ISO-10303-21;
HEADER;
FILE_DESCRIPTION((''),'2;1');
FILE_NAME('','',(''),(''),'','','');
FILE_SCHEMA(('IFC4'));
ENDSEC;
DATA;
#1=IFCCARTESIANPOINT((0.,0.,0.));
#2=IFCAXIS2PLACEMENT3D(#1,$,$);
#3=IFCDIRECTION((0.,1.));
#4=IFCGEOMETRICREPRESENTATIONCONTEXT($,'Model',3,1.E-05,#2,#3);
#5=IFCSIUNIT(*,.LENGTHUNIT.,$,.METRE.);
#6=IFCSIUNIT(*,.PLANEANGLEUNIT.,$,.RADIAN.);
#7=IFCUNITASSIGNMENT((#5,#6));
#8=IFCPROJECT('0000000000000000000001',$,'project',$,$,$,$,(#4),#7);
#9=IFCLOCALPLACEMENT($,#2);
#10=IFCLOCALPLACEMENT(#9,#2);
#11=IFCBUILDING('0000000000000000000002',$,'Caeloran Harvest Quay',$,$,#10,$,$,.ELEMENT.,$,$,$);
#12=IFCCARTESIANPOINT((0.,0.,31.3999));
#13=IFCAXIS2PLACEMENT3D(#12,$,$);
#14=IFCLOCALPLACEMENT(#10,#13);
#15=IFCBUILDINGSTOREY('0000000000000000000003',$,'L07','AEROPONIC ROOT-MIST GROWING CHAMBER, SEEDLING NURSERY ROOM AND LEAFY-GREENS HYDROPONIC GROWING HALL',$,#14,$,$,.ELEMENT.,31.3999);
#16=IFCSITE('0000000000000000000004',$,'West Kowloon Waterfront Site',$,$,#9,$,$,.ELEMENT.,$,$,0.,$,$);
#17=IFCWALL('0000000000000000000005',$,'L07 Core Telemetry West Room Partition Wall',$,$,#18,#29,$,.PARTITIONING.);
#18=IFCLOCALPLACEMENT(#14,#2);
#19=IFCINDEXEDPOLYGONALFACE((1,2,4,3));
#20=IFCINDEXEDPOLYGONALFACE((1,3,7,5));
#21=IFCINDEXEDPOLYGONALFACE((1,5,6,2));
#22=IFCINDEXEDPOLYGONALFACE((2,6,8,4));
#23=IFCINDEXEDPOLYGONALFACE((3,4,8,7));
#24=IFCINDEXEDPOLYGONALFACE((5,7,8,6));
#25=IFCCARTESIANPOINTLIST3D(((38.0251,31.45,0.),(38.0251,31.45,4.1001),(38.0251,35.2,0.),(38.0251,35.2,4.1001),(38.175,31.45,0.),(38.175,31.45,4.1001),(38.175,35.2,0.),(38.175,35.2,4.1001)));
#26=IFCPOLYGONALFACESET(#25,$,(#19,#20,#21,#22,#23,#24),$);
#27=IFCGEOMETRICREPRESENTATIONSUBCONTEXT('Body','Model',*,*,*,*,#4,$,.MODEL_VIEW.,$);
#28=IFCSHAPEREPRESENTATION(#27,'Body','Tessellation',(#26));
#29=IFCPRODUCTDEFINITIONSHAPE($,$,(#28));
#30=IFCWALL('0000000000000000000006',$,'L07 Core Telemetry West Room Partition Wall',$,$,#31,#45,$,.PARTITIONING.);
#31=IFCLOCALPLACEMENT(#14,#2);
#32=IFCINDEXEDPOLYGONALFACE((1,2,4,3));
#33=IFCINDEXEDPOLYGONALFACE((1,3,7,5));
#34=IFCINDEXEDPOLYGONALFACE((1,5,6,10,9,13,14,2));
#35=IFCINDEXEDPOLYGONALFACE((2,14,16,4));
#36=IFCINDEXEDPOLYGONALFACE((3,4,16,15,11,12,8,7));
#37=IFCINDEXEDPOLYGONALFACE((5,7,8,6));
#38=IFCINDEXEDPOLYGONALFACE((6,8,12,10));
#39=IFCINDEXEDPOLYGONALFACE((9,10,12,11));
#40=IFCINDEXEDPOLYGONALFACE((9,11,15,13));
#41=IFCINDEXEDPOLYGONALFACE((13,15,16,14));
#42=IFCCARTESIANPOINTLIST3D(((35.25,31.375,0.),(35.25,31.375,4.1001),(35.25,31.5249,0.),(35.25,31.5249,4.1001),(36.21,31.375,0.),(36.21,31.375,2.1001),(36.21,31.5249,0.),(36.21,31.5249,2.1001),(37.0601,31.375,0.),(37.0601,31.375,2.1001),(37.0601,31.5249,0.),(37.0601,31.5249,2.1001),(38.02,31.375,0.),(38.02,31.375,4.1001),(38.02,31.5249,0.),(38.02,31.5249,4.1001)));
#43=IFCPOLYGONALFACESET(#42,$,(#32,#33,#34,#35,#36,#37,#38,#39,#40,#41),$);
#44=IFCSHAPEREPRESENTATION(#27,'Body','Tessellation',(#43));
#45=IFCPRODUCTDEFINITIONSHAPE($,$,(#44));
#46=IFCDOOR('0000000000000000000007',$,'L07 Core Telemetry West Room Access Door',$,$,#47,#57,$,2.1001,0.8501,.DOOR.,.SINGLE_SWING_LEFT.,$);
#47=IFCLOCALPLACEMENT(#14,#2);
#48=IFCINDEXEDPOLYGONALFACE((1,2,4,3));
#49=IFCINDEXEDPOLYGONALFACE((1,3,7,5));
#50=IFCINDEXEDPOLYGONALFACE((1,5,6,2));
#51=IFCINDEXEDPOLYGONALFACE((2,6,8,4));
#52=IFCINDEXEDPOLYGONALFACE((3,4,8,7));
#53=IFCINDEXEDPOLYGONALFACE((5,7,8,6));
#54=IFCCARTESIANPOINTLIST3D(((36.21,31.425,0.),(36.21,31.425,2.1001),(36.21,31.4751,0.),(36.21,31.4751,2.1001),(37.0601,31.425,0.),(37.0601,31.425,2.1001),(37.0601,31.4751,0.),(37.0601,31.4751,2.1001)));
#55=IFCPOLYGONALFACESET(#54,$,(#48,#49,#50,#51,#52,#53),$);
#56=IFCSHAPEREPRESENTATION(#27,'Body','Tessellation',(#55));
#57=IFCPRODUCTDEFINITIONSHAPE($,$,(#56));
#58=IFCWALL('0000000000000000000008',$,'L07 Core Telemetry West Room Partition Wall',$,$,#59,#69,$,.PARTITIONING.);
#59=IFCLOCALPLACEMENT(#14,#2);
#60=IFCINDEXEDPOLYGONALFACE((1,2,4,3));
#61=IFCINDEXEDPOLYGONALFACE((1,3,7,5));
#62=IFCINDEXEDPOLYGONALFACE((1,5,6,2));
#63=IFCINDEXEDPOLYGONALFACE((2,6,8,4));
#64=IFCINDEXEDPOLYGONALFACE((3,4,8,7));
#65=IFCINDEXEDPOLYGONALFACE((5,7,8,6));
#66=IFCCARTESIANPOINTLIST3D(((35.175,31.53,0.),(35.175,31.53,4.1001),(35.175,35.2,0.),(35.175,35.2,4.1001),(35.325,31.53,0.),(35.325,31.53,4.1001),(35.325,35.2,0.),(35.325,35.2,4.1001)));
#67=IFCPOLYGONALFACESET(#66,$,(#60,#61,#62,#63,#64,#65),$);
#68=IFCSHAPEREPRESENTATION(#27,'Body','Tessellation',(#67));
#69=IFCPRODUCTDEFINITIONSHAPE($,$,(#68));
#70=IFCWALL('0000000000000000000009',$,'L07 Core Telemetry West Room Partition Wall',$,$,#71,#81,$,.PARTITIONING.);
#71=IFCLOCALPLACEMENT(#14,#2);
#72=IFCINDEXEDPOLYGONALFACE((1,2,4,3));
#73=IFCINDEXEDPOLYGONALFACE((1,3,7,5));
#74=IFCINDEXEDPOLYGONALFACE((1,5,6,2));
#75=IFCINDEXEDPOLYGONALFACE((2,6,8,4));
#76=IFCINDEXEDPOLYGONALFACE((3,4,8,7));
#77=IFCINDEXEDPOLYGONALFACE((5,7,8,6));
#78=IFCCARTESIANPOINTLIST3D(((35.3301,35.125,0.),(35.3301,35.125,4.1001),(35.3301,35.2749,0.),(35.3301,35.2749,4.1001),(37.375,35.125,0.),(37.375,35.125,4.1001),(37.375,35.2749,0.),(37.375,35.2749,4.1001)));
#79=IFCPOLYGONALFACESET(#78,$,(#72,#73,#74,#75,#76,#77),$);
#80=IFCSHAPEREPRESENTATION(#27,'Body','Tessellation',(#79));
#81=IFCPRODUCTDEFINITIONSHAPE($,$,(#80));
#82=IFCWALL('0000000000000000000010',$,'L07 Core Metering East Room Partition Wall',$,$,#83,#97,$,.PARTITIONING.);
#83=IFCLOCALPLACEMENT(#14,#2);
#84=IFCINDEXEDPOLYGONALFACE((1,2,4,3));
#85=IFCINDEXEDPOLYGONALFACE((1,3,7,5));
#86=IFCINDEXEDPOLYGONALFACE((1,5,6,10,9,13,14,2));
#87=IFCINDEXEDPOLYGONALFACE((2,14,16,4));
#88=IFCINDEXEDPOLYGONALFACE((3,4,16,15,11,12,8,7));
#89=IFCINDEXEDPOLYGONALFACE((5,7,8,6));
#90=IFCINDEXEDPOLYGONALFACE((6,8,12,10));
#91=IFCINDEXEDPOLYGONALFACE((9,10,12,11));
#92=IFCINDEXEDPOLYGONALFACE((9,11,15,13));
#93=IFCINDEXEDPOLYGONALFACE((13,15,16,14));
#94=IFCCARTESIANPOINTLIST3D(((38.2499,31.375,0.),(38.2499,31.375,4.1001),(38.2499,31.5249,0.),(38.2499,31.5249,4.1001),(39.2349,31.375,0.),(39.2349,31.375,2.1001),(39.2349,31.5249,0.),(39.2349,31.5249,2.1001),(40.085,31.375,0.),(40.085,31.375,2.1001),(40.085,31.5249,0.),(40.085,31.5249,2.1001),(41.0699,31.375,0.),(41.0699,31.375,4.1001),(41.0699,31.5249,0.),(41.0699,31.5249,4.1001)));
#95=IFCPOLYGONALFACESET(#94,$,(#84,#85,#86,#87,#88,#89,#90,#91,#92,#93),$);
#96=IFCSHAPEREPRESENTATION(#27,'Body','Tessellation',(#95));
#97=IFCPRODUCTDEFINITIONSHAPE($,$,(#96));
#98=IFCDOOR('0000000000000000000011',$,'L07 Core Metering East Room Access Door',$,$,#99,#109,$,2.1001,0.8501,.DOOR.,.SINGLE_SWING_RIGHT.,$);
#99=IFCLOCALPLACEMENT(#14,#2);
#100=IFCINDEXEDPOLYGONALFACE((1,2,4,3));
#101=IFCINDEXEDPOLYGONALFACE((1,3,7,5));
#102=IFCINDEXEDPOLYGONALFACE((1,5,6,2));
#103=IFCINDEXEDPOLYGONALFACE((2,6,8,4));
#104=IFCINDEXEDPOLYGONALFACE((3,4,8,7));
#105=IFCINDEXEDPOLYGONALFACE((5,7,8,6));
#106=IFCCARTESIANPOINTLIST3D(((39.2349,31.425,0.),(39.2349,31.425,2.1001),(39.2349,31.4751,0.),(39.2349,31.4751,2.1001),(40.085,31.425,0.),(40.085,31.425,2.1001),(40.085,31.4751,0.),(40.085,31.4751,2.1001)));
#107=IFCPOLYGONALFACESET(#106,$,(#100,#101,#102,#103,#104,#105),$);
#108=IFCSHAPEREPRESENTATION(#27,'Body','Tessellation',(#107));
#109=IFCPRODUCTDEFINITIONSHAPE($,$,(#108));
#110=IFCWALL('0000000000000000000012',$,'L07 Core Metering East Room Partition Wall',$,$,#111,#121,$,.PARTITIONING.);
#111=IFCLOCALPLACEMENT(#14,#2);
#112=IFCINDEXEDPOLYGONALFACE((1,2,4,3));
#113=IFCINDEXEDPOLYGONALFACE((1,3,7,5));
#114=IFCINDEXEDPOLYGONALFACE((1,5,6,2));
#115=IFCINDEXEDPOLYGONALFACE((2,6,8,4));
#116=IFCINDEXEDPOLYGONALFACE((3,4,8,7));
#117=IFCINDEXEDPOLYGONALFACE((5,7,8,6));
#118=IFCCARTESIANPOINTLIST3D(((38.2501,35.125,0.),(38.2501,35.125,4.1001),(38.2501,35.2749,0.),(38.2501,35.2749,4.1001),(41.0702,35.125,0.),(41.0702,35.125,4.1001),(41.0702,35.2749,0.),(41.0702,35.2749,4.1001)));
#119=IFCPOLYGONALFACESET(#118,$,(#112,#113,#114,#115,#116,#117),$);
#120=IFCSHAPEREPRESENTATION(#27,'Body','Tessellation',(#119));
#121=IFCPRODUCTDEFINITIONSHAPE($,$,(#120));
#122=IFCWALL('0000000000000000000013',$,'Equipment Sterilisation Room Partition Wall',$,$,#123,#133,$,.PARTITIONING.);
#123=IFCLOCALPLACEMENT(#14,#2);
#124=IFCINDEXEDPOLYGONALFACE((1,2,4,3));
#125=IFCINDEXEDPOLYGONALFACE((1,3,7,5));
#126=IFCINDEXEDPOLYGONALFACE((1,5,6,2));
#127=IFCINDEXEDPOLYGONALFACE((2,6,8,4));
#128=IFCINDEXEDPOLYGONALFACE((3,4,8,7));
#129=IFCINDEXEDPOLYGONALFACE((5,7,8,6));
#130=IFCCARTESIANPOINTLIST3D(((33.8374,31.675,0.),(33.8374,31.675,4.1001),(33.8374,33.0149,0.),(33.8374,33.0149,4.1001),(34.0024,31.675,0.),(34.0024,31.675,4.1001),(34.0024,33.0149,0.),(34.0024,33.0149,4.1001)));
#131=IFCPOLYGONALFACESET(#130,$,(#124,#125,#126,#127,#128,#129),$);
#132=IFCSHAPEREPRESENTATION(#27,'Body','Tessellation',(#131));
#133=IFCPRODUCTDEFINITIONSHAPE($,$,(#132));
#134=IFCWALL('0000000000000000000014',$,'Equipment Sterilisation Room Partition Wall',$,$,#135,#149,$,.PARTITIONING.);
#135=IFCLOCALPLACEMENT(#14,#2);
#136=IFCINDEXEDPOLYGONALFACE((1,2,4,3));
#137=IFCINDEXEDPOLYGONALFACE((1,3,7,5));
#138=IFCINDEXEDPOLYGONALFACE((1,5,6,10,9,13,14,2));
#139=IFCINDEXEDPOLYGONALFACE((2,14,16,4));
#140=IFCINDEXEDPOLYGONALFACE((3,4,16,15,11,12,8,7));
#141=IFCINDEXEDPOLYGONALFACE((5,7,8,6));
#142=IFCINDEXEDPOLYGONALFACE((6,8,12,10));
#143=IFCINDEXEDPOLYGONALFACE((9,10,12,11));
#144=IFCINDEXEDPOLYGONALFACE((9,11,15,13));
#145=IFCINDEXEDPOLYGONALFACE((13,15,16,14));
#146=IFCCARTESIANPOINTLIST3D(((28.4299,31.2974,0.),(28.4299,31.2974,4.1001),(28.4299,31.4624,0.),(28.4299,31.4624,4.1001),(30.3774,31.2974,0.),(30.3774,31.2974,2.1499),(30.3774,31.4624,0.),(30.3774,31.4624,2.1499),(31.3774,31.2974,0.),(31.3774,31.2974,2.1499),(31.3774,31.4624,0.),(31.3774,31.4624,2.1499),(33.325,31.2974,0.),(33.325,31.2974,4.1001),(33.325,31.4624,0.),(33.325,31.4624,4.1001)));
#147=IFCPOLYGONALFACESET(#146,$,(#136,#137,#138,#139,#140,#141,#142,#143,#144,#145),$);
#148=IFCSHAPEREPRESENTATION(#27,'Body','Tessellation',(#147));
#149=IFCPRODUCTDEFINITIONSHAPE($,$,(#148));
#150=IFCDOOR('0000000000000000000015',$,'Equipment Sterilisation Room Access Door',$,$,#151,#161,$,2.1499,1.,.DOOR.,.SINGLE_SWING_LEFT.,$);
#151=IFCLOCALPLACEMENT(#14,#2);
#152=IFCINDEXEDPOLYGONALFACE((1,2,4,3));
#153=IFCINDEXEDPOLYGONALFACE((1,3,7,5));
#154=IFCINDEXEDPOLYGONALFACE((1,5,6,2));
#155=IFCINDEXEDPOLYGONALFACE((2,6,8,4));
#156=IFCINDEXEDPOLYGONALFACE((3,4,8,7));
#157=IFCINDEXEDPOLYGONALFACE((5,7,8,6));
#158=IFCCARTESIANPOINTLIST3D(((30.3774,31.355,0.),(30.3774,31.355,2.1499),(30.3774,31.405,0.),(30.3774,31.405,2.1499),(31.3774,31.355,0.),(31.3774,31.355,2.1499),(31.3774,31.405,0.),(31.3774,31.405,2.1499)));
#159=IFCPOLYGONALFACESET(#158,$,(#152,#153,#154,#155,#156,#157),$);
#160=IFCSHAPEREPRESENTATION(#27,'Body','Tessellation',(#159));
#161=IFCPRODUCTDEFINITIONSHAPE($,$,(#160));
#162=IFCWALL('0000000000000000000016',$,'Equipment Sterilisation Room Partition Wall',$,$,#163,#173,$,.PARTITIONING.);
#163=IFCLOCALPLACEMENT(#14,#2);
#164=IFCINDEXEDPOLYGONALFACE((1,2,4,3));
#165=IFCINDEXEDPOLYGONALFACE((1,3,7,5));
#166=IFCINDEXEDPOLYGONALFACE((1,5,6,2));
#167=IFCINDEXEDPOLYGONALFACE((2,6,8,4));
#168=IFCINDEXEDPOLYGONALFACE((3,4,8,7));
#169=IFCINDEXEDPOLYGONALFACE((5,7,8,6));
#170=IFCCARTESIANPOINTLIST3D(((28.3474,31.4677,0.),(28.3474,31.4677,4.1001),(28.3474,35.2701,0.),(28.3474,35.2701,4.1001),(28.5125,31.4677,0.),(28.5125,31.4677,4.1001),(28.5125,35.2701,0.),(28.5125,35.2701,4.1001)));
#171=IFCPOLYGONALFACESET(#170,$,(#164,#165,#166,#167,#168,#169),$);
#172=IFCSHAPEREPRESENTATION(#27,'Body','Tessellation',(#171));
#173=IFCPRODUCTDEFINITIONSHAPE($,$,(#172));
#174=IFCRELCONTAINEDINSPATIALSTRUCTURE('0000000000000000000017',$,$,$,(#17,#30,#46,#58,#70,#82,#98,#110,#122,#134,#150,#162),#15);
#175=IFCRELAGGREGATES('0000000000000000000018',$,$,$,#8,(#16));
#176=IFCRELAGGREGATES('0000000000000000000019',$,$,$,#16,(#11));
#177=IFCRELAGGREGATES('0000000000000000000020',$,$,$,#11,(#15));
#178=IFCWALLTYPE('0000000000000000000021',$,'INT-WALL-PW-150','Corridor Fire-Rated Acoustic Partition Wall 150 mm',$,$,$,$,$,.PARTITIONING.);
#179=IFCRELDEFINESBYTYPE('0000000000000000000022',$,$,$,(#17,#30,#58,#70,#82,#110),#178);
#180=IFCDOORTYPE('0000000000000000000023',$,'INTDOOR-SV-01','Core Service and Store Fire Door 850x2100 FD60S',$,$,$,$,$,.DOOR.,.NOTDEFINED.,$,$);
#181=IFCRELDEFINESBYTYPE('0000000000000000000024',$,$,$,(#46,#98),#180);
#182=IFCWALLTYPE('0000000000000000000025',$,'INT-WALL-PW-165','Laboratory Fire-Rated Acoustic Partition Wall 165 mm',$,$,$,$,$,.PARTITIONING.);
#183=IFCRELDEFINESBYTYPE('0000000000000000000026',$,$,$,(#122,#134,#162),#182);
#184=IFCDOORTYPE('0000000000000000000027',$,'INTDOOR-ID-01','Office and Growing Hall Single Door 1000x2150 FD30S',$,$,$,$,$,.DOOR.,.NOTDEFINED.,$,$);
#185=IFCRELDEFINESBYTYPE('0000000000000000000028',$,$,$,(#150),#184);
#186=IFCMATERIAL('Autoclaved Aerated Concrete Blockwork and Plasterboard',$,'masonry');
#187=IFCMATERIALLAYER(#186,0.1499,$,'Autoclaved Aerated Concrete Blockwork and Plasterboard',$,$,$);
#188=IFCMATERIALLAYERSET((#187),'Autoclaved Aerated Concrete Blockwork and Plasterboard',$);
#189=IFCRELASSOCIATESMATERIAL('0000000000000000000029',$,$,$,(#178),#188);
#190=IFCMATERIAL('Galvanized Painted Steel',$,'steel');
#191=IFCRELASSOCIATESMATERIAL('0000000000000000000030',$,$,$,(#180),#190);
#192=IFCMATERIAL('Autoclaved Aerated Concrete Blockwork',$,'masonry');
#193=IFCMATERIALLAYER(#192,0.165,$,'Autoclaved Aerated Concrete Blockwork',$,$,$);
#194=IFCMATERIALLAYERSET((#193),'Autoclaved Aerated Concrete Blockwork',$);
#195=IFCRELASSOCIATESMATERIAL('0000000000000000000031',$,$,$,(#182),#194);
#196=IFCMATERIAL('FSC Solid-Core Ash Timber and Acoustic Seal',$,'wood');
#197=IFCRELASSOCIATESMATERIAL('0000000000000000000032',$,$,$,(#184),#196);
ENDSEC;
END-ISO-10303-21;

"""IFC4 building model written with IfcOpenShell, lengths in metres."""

from ifc_helpers import new_model, si_unit, direction, frame, frame_2d, origin, place, context, subcontext, project, spatial, rectangle, extrude, material, layer, layer_set, type_object, element, fill, save


model = new_model("IFC4")

# Units and contexts
model_context = context("Model", 3, precision=1e-05, world=origin(), true_north=direction((0.0, 1.0)))
body_context = subcontext(model_context, "Body", "Model", "MODEL_VIEW")
ifc_project = project(units=[si_unit("LENGTHUNIT", "METRE"), si_unit("PLANEANGLEUNIT", "RADIAN")], contexts=[model_context])

# Site, building, storey
site_placement = place(None, origin())
site = spatial("IfcSite", under=ifc_project, at=site_placement, Name="West Kowloon Waterfront Site", CompositionType="ELEMENT", RefElevation=0.0)
building_placement = place(site_placement, origin())
building = spatial("IfcBuilding", under=site, at=building_placement, Name="Caeloran Harvest Quay", CompositionType="ELEMENT")
storey_placement = place(building_placement, frame((0.0, 0.0, 31.3999)))
storey = spatial("IfcBuildingStorey", under=building, at=storey_placement, Name="L07", Description="AEROPONIC ROOT-MIST GROWING CHAMBER, SEEDLING NURSERY ROOM AND LEAFY-GREENS HYDROPONIC GROWING HALL", CompositionType="ELEMENT", Elevation=31.3999)

# Wall
ifc_material_1 = material(Name="Autoclaved Aerated Concrete Blockwork and Plasterboard", Category="masonry")
ifc_layer_1 = layer(ifc_material_1, 0.1499, Name="Autoclaved Aerated Concrete Blockwork and Plasterboard")
ifc_layer_set_1 = layer_set([ifc_layer_1], Name="Autoclaved Aerated Concrete Blockwork and Plasterboard")
wall_type_1 = type_object("IfcWallType", Name="INT-WALL-PW-150", Description="Corridor Fire-Rated Acoustic Partition Wall 150 mm", PredefinedType="PARTITIONING", material=ifc_layer_set_1)
wall_1_placement = place(storey_placement, frame((38.1001, 35.2, 0.0), z_axis=(0.0, 0.0, 1.0), x_axis=(0.0, -1.0, 0.0)))
element("IfcWall", 1, at=wall_1_placement, inside=storey, type_object=wall_type_1, Name="L07 Core Telemetry West Room Partition Wall", PredefinedType="PARTITIONING", context=body_context, shape_type="SweptSolid", body=[
    extrude(rectangle(XDim=3.75, YDim=0.1499, at=frame_2d((1.875, 0.0))), origin(), (0.0, 0.0, 1.0), 4.1001),
])

# Wall, opening, door
wall_2_placement = place(storey_placement, frame((38.02, 31.45, 0.0), z_axis=(0.0, 0.0, 1.0), x_axis=(-1.0, 0.0, 0.0)))
wall_2 = element("IfcWall", 2, at=wall_2_placement, inside=storey, type_object=wall_type_1, Name="L07 Core Telemetry West Room Partition Wall", PredefinedType="PARTITIONING", context=body_context, shape_type="SweptSolid", body=[
    extrude(rectangle(XDim=2.77, YDim=0.1499, at=frame_2d((1.385, 0.0))), origin(), (0.0, 0.0, 1.0), 4.1001),
])
opening_1_placement = place(wall_2_placement, frame((0.96, 0.0, 0.0)))
opening_1 = element("IfcOpeningElement", 3, at=opening_1_placement, cuts=wall_2, PredefinedType="OPENING", context=body_context, shape_type="SweptSolid", body=[
    extrude(rectangle(XDim=0.8501, YDim=2.1001, at=frame_2d((0.425, 1.05))), frame((0.0, 0.085, 0.0), z_axis=(0.0, -1.0, 0.0), x_axis=(1.0, 0.0, 0.0)), (0.0, 0.0, 1.0), 0.1699),
])
ifc_material_2 = material(Name="Galvanized Painted Steel", Category="steel")
door_type_1 = type_object("IfcDoorType", Name="INTDOOR-SV-01", Description="Core Service and Store Fire Door 850x2100 FD60S", OperationType="NOTDEFINED", PredefinedType="DOOR", material=ifc_material_2)
door_1_placement = place(opening_1_placement, origin())
door_1 = element("IfcDoor", 4, at=door_1_placement, inside=storey, type_object=door_type_1, Name="L07 Core Telemetry West Room Access Door", OperationType="SINGLE_SWING_LEFT", OverallHeight=2.1001, OverallWidth=0.8501, PredefinedType="DOOR", context=body_context, shape_type="SweptSolid", body=[
    extrude(rectangle(XDim=0.8501, YDim=2.1001, at=frame_2d((0.425, 1.05))), frame((0.0, 0.0249, 0.0), z_axis=(0.0, -1.0, 0.0), x_axis=(1.0, 0.0, 0.0)), (0.0, 0.0, 1.0), 0.05),
])
fill(opening_1, door_1)

# Walls
wall_3_placement = place(storey_placement, frame((35.25, 31.53, 0.0), z_axis=(0.0, 0.0, 1.0), x_axis=(0.0, 1.0, 0.0)))
element("IfcWall", 5, at=wall_3_placement, inside=storey, type_object=wall_type_1, Name="L07 Core Telemetry West Room Partition Wall", PredefinedType="PARTITIONING", context=body_context, shape_type="SweptSolid", body=[
    extrude(rectangle(XDim=3.6699, YDim=0.1499, at=frame_2d((1.835, 0.0))), origin(), (0.0, 0.0, 1.0), 4.1001),
])
wall_4_placement = place(storey_placement, frame((35.3301, 35.2, 0.0), z_axis=(0.0, 0.0, 1.0), x_axis=(1.0, 0.0, 0.0)))
element("IfcWall", 6, at=wall_4_placement, inside=storey, type_object=wall_type_1, Name="L07 Core Telemetry West Room Partition Wall", PredefinedType="PARTITIONING", context=body_context, shape_type="SweptSolid", body=[
    extrude(rectangle(XDim=2.0449, YDim=0.1499, at=frame_2d((1.0225, 0.0))), origin(), (0.0, 0.0, 1.0), 4.1001),
])

# Wall, opening, door
wall_5_placement = place(storey_placement, frame((41.0701, 31.45, 0.0), z_axis=(0.0, 0.0, 1.0), x_axis=(-1.0, 0.0, 0.0)))
wall_5 = element("IfcWall", 7, at=wall_5_placement, inside=storey, type_object=wall_type_1, Name="L07 Core Metering East Room Partition Wall", PredefinedType="PARTITIONING", context=body_context, shape_type="SweptSolid", body=[
    extrude(rectangle(XDim=2.8201, YDim=0.1499, at=frame_2d((1.4102, 0.0))), origin(), (0.0, 0.0, 1.0), 4.1001),
])
opening_2_placement = place(wall_5_placement, frame((0.9851, 0.0, 0.0)))
opening_2 = element("IfcOpeningElement", 8, at=opening_2_placement, cuts=wall_5, PredefinedType="OPENING", context=body_context, shape_type="SweptSolid", body=[
    extrude(rectangle(XDim=0.8501, YDim=2.1001, at=frame_2d((0.425, 1.05))), frame((0.0, 0.085, 0.0), z_axis=(0.0, -1.0, 0.0), x_axis=(1.0, 0.0, 0.0)), (0.0, 0.0, 1.0), 0.1699),
])
door_2_placement = place(opening_2_placement, origin())
door_2 = element("IfcDoor", 9, at=door_2_placement, inside=storey, type_object=door_type_1, Name="L07 Core Metering East Room Access Door", OperationType="SINGLE_SWING_RIGHT", OverallHeight=2.1001, OverallWidth=0.8501, PredefinedType="DOOR", context=body_context, shape_type="SweptSolid", body=[
    extrude(rectangle(XDim=0.8501, YDim=2.1001, at=frame_2d((0.425, 1.05))), frame((0.0, 0.0249, 0.0), z_axis=(0.0, -1.0, 0.0), x_axis=(1.0, 0.0, 0.0)), (0.0, 0.0, 1.0), 0.05),
])
fill(opening_2, door_2)

# Walls
wall_6_placement = place(storey_placement, frame((38.25, 35.2, 0.0), z_axis=(0.0, 0.0, 1.0), x_axis=(1.0, 0.0, 0.0)))
element("IfcWall", 10, at=wall_6_placement, inside=storey, type_object=wall_type_1, Name="L07 Core Metering East Room Partition Wall", PredefinedType="PARTITIONING", context=body_context, shape_type="SweptSolid", body=[
    extrude(rectangle(XDim=2.8201, YDim=0.1499, at=frame_2d((1.4102, 0.0))), origin(), (0.0, 0.0, 1.0), 4.1001),
])
ifc_material_3 = material(Name="Autoclaved Aerated Concrete Blockwork", Category="masonry")
ifc_layer_2 = layer(ifc_material_3, 0.165, Name="Autoclaved Aerated Concrete Blockwork")
ifc_layer_set_2 = layer_set([ifc_layer_2], Name="Autoclaved Aerated Concrete Blockwork")
wall_type_2 = type_object("IfcWallType", Name="INT-WALL-PW-165", Description="Laboratory Fire-Rated Acoustic Partition Wall 165 mm", PredefinedType="PARTITIONING", material=ifc_layer_set_2)
wall_7_placement = place(storey_placement, frame((33.9199, 33.0149, 0.0), z_axis=(0.0, 0.0, 1.0), x_axis=(0.0, -1.0, 0.0)))
element("IfcWall", 11, at=wall_7_placement, inside=storey, type_object=wall_type_2, Name="Equipment Sterilisation Room Partition Wall", PredefinedType="PARTITIONING", context=body_context, shape_type="SweptSolid", body=[
    extrude(rectangle(XDim=1.3398, YDim=0.165, at=frame_2d((0.6699, 0.0))), origin(), (0.0, 0.0, 1.0), 4.1001),
])

# Wall, opening, door
wall_8_placement = place(storey_placement, frame((33.325, 31.3799, 0.0), z_axis=(0.0, 0.0, 1.0), x_axis=(-1.0, 0.0, 0.0)))
wall_8 = element("IfcWall", 12, at=wall_8_placement, inside=storey, type_object=wall_type_2, Name="Equipment Sterilisation Room Partition Wall", PredefinedType="PARTITIONING", context=body_context, shape_type="SweptSolid", body=[
    extrude(rectangle(XDim=4.895, YDim=0.165, at=frame_2d((2.4475, 0.0))), origin(), (0.0, 0.0, 1.0), 4.1001),
])
opening_3_placement = place(wall_8_placement, frame((1.9475, 0.0, 0.0)))
opening_3 = element("IfcOpeningElement", 13, at=opening_3_placement, cuts=wall_8, PredefinedType="OPENING", context=body_context, shape_type="SweptSolid", body=[
    extrude(rectangle(XDim=1.0, YDim=2.1499, at=frame_2d((0.5, 1.075))), frame((0.0, 0.0925, 0.0), z_axis=(0.0, -1.0, 0.0), x_axis=(1.0, 0.0, 0.0)), (0.0, 0.0, 1.0), 0.1851),
])
ifc_material_4 = material(Name="FSC Solid-Core Ash Timber and Acoustic Seal", Category="wood")
door_type_2 = type_object("IfcDoorType", Name="INTDOOR-ID-01", Description="Office and Growing Hall Single Door 1000x2150 FD30S", OperationType="NOTDEFINED", PredefinedType="DOOR", material=ifc_material_4)
door_3_placement = place(opening_3_placement, origin())
door_3 = element("IfcDoor", 14, at=door_3_placement, inside=storey, type_object=door_type_2, Name="Equipment Sterilisation Room Access Door", OperationType="SINGLE_SWING_LEFT", OverallHeight=2.1499, OverallWidth=1.0, PredefinedType="DOOR", context=body_context, shape_type="SweptSolid", body=[
    extrude(rectangle(XDim=1.0, YDim=2.1499, at=frame_2d((0.5, 1.075))), frame((0.0, 0.0249, 0.0), z_axis=(0.0, -1.0, 0.0), x_axis=(1.0, 0.0, 0.0)), (0.0, 0.0, 1.0), 0.05),
])
fill(opening_3, door_3)

# Wall
wall_9_placement = place(storey_placement, frame((28.4299, 31.4675, 0.0), z_axis=(0.0, 0.0, 1.0), x_axis=(0.0, 1.0, 0.0)))
element("IfcWall", 15, at=wall_9_placement, inside=storey, type_object=wall_type_2, Name="Equipment Sterilisation Room Partition Wall", PredefinedType="PARTITIONING", context=body_context, shape_type="SweptSolid", body=[
    extrude(rectangle(XDim=3.8025, YDim=0.165, at=frame_2d((1.9014, 0.0))), origin(), (0.0, 0.0, 1.0), 4.1001),
])

save(model, "model.ifc")
